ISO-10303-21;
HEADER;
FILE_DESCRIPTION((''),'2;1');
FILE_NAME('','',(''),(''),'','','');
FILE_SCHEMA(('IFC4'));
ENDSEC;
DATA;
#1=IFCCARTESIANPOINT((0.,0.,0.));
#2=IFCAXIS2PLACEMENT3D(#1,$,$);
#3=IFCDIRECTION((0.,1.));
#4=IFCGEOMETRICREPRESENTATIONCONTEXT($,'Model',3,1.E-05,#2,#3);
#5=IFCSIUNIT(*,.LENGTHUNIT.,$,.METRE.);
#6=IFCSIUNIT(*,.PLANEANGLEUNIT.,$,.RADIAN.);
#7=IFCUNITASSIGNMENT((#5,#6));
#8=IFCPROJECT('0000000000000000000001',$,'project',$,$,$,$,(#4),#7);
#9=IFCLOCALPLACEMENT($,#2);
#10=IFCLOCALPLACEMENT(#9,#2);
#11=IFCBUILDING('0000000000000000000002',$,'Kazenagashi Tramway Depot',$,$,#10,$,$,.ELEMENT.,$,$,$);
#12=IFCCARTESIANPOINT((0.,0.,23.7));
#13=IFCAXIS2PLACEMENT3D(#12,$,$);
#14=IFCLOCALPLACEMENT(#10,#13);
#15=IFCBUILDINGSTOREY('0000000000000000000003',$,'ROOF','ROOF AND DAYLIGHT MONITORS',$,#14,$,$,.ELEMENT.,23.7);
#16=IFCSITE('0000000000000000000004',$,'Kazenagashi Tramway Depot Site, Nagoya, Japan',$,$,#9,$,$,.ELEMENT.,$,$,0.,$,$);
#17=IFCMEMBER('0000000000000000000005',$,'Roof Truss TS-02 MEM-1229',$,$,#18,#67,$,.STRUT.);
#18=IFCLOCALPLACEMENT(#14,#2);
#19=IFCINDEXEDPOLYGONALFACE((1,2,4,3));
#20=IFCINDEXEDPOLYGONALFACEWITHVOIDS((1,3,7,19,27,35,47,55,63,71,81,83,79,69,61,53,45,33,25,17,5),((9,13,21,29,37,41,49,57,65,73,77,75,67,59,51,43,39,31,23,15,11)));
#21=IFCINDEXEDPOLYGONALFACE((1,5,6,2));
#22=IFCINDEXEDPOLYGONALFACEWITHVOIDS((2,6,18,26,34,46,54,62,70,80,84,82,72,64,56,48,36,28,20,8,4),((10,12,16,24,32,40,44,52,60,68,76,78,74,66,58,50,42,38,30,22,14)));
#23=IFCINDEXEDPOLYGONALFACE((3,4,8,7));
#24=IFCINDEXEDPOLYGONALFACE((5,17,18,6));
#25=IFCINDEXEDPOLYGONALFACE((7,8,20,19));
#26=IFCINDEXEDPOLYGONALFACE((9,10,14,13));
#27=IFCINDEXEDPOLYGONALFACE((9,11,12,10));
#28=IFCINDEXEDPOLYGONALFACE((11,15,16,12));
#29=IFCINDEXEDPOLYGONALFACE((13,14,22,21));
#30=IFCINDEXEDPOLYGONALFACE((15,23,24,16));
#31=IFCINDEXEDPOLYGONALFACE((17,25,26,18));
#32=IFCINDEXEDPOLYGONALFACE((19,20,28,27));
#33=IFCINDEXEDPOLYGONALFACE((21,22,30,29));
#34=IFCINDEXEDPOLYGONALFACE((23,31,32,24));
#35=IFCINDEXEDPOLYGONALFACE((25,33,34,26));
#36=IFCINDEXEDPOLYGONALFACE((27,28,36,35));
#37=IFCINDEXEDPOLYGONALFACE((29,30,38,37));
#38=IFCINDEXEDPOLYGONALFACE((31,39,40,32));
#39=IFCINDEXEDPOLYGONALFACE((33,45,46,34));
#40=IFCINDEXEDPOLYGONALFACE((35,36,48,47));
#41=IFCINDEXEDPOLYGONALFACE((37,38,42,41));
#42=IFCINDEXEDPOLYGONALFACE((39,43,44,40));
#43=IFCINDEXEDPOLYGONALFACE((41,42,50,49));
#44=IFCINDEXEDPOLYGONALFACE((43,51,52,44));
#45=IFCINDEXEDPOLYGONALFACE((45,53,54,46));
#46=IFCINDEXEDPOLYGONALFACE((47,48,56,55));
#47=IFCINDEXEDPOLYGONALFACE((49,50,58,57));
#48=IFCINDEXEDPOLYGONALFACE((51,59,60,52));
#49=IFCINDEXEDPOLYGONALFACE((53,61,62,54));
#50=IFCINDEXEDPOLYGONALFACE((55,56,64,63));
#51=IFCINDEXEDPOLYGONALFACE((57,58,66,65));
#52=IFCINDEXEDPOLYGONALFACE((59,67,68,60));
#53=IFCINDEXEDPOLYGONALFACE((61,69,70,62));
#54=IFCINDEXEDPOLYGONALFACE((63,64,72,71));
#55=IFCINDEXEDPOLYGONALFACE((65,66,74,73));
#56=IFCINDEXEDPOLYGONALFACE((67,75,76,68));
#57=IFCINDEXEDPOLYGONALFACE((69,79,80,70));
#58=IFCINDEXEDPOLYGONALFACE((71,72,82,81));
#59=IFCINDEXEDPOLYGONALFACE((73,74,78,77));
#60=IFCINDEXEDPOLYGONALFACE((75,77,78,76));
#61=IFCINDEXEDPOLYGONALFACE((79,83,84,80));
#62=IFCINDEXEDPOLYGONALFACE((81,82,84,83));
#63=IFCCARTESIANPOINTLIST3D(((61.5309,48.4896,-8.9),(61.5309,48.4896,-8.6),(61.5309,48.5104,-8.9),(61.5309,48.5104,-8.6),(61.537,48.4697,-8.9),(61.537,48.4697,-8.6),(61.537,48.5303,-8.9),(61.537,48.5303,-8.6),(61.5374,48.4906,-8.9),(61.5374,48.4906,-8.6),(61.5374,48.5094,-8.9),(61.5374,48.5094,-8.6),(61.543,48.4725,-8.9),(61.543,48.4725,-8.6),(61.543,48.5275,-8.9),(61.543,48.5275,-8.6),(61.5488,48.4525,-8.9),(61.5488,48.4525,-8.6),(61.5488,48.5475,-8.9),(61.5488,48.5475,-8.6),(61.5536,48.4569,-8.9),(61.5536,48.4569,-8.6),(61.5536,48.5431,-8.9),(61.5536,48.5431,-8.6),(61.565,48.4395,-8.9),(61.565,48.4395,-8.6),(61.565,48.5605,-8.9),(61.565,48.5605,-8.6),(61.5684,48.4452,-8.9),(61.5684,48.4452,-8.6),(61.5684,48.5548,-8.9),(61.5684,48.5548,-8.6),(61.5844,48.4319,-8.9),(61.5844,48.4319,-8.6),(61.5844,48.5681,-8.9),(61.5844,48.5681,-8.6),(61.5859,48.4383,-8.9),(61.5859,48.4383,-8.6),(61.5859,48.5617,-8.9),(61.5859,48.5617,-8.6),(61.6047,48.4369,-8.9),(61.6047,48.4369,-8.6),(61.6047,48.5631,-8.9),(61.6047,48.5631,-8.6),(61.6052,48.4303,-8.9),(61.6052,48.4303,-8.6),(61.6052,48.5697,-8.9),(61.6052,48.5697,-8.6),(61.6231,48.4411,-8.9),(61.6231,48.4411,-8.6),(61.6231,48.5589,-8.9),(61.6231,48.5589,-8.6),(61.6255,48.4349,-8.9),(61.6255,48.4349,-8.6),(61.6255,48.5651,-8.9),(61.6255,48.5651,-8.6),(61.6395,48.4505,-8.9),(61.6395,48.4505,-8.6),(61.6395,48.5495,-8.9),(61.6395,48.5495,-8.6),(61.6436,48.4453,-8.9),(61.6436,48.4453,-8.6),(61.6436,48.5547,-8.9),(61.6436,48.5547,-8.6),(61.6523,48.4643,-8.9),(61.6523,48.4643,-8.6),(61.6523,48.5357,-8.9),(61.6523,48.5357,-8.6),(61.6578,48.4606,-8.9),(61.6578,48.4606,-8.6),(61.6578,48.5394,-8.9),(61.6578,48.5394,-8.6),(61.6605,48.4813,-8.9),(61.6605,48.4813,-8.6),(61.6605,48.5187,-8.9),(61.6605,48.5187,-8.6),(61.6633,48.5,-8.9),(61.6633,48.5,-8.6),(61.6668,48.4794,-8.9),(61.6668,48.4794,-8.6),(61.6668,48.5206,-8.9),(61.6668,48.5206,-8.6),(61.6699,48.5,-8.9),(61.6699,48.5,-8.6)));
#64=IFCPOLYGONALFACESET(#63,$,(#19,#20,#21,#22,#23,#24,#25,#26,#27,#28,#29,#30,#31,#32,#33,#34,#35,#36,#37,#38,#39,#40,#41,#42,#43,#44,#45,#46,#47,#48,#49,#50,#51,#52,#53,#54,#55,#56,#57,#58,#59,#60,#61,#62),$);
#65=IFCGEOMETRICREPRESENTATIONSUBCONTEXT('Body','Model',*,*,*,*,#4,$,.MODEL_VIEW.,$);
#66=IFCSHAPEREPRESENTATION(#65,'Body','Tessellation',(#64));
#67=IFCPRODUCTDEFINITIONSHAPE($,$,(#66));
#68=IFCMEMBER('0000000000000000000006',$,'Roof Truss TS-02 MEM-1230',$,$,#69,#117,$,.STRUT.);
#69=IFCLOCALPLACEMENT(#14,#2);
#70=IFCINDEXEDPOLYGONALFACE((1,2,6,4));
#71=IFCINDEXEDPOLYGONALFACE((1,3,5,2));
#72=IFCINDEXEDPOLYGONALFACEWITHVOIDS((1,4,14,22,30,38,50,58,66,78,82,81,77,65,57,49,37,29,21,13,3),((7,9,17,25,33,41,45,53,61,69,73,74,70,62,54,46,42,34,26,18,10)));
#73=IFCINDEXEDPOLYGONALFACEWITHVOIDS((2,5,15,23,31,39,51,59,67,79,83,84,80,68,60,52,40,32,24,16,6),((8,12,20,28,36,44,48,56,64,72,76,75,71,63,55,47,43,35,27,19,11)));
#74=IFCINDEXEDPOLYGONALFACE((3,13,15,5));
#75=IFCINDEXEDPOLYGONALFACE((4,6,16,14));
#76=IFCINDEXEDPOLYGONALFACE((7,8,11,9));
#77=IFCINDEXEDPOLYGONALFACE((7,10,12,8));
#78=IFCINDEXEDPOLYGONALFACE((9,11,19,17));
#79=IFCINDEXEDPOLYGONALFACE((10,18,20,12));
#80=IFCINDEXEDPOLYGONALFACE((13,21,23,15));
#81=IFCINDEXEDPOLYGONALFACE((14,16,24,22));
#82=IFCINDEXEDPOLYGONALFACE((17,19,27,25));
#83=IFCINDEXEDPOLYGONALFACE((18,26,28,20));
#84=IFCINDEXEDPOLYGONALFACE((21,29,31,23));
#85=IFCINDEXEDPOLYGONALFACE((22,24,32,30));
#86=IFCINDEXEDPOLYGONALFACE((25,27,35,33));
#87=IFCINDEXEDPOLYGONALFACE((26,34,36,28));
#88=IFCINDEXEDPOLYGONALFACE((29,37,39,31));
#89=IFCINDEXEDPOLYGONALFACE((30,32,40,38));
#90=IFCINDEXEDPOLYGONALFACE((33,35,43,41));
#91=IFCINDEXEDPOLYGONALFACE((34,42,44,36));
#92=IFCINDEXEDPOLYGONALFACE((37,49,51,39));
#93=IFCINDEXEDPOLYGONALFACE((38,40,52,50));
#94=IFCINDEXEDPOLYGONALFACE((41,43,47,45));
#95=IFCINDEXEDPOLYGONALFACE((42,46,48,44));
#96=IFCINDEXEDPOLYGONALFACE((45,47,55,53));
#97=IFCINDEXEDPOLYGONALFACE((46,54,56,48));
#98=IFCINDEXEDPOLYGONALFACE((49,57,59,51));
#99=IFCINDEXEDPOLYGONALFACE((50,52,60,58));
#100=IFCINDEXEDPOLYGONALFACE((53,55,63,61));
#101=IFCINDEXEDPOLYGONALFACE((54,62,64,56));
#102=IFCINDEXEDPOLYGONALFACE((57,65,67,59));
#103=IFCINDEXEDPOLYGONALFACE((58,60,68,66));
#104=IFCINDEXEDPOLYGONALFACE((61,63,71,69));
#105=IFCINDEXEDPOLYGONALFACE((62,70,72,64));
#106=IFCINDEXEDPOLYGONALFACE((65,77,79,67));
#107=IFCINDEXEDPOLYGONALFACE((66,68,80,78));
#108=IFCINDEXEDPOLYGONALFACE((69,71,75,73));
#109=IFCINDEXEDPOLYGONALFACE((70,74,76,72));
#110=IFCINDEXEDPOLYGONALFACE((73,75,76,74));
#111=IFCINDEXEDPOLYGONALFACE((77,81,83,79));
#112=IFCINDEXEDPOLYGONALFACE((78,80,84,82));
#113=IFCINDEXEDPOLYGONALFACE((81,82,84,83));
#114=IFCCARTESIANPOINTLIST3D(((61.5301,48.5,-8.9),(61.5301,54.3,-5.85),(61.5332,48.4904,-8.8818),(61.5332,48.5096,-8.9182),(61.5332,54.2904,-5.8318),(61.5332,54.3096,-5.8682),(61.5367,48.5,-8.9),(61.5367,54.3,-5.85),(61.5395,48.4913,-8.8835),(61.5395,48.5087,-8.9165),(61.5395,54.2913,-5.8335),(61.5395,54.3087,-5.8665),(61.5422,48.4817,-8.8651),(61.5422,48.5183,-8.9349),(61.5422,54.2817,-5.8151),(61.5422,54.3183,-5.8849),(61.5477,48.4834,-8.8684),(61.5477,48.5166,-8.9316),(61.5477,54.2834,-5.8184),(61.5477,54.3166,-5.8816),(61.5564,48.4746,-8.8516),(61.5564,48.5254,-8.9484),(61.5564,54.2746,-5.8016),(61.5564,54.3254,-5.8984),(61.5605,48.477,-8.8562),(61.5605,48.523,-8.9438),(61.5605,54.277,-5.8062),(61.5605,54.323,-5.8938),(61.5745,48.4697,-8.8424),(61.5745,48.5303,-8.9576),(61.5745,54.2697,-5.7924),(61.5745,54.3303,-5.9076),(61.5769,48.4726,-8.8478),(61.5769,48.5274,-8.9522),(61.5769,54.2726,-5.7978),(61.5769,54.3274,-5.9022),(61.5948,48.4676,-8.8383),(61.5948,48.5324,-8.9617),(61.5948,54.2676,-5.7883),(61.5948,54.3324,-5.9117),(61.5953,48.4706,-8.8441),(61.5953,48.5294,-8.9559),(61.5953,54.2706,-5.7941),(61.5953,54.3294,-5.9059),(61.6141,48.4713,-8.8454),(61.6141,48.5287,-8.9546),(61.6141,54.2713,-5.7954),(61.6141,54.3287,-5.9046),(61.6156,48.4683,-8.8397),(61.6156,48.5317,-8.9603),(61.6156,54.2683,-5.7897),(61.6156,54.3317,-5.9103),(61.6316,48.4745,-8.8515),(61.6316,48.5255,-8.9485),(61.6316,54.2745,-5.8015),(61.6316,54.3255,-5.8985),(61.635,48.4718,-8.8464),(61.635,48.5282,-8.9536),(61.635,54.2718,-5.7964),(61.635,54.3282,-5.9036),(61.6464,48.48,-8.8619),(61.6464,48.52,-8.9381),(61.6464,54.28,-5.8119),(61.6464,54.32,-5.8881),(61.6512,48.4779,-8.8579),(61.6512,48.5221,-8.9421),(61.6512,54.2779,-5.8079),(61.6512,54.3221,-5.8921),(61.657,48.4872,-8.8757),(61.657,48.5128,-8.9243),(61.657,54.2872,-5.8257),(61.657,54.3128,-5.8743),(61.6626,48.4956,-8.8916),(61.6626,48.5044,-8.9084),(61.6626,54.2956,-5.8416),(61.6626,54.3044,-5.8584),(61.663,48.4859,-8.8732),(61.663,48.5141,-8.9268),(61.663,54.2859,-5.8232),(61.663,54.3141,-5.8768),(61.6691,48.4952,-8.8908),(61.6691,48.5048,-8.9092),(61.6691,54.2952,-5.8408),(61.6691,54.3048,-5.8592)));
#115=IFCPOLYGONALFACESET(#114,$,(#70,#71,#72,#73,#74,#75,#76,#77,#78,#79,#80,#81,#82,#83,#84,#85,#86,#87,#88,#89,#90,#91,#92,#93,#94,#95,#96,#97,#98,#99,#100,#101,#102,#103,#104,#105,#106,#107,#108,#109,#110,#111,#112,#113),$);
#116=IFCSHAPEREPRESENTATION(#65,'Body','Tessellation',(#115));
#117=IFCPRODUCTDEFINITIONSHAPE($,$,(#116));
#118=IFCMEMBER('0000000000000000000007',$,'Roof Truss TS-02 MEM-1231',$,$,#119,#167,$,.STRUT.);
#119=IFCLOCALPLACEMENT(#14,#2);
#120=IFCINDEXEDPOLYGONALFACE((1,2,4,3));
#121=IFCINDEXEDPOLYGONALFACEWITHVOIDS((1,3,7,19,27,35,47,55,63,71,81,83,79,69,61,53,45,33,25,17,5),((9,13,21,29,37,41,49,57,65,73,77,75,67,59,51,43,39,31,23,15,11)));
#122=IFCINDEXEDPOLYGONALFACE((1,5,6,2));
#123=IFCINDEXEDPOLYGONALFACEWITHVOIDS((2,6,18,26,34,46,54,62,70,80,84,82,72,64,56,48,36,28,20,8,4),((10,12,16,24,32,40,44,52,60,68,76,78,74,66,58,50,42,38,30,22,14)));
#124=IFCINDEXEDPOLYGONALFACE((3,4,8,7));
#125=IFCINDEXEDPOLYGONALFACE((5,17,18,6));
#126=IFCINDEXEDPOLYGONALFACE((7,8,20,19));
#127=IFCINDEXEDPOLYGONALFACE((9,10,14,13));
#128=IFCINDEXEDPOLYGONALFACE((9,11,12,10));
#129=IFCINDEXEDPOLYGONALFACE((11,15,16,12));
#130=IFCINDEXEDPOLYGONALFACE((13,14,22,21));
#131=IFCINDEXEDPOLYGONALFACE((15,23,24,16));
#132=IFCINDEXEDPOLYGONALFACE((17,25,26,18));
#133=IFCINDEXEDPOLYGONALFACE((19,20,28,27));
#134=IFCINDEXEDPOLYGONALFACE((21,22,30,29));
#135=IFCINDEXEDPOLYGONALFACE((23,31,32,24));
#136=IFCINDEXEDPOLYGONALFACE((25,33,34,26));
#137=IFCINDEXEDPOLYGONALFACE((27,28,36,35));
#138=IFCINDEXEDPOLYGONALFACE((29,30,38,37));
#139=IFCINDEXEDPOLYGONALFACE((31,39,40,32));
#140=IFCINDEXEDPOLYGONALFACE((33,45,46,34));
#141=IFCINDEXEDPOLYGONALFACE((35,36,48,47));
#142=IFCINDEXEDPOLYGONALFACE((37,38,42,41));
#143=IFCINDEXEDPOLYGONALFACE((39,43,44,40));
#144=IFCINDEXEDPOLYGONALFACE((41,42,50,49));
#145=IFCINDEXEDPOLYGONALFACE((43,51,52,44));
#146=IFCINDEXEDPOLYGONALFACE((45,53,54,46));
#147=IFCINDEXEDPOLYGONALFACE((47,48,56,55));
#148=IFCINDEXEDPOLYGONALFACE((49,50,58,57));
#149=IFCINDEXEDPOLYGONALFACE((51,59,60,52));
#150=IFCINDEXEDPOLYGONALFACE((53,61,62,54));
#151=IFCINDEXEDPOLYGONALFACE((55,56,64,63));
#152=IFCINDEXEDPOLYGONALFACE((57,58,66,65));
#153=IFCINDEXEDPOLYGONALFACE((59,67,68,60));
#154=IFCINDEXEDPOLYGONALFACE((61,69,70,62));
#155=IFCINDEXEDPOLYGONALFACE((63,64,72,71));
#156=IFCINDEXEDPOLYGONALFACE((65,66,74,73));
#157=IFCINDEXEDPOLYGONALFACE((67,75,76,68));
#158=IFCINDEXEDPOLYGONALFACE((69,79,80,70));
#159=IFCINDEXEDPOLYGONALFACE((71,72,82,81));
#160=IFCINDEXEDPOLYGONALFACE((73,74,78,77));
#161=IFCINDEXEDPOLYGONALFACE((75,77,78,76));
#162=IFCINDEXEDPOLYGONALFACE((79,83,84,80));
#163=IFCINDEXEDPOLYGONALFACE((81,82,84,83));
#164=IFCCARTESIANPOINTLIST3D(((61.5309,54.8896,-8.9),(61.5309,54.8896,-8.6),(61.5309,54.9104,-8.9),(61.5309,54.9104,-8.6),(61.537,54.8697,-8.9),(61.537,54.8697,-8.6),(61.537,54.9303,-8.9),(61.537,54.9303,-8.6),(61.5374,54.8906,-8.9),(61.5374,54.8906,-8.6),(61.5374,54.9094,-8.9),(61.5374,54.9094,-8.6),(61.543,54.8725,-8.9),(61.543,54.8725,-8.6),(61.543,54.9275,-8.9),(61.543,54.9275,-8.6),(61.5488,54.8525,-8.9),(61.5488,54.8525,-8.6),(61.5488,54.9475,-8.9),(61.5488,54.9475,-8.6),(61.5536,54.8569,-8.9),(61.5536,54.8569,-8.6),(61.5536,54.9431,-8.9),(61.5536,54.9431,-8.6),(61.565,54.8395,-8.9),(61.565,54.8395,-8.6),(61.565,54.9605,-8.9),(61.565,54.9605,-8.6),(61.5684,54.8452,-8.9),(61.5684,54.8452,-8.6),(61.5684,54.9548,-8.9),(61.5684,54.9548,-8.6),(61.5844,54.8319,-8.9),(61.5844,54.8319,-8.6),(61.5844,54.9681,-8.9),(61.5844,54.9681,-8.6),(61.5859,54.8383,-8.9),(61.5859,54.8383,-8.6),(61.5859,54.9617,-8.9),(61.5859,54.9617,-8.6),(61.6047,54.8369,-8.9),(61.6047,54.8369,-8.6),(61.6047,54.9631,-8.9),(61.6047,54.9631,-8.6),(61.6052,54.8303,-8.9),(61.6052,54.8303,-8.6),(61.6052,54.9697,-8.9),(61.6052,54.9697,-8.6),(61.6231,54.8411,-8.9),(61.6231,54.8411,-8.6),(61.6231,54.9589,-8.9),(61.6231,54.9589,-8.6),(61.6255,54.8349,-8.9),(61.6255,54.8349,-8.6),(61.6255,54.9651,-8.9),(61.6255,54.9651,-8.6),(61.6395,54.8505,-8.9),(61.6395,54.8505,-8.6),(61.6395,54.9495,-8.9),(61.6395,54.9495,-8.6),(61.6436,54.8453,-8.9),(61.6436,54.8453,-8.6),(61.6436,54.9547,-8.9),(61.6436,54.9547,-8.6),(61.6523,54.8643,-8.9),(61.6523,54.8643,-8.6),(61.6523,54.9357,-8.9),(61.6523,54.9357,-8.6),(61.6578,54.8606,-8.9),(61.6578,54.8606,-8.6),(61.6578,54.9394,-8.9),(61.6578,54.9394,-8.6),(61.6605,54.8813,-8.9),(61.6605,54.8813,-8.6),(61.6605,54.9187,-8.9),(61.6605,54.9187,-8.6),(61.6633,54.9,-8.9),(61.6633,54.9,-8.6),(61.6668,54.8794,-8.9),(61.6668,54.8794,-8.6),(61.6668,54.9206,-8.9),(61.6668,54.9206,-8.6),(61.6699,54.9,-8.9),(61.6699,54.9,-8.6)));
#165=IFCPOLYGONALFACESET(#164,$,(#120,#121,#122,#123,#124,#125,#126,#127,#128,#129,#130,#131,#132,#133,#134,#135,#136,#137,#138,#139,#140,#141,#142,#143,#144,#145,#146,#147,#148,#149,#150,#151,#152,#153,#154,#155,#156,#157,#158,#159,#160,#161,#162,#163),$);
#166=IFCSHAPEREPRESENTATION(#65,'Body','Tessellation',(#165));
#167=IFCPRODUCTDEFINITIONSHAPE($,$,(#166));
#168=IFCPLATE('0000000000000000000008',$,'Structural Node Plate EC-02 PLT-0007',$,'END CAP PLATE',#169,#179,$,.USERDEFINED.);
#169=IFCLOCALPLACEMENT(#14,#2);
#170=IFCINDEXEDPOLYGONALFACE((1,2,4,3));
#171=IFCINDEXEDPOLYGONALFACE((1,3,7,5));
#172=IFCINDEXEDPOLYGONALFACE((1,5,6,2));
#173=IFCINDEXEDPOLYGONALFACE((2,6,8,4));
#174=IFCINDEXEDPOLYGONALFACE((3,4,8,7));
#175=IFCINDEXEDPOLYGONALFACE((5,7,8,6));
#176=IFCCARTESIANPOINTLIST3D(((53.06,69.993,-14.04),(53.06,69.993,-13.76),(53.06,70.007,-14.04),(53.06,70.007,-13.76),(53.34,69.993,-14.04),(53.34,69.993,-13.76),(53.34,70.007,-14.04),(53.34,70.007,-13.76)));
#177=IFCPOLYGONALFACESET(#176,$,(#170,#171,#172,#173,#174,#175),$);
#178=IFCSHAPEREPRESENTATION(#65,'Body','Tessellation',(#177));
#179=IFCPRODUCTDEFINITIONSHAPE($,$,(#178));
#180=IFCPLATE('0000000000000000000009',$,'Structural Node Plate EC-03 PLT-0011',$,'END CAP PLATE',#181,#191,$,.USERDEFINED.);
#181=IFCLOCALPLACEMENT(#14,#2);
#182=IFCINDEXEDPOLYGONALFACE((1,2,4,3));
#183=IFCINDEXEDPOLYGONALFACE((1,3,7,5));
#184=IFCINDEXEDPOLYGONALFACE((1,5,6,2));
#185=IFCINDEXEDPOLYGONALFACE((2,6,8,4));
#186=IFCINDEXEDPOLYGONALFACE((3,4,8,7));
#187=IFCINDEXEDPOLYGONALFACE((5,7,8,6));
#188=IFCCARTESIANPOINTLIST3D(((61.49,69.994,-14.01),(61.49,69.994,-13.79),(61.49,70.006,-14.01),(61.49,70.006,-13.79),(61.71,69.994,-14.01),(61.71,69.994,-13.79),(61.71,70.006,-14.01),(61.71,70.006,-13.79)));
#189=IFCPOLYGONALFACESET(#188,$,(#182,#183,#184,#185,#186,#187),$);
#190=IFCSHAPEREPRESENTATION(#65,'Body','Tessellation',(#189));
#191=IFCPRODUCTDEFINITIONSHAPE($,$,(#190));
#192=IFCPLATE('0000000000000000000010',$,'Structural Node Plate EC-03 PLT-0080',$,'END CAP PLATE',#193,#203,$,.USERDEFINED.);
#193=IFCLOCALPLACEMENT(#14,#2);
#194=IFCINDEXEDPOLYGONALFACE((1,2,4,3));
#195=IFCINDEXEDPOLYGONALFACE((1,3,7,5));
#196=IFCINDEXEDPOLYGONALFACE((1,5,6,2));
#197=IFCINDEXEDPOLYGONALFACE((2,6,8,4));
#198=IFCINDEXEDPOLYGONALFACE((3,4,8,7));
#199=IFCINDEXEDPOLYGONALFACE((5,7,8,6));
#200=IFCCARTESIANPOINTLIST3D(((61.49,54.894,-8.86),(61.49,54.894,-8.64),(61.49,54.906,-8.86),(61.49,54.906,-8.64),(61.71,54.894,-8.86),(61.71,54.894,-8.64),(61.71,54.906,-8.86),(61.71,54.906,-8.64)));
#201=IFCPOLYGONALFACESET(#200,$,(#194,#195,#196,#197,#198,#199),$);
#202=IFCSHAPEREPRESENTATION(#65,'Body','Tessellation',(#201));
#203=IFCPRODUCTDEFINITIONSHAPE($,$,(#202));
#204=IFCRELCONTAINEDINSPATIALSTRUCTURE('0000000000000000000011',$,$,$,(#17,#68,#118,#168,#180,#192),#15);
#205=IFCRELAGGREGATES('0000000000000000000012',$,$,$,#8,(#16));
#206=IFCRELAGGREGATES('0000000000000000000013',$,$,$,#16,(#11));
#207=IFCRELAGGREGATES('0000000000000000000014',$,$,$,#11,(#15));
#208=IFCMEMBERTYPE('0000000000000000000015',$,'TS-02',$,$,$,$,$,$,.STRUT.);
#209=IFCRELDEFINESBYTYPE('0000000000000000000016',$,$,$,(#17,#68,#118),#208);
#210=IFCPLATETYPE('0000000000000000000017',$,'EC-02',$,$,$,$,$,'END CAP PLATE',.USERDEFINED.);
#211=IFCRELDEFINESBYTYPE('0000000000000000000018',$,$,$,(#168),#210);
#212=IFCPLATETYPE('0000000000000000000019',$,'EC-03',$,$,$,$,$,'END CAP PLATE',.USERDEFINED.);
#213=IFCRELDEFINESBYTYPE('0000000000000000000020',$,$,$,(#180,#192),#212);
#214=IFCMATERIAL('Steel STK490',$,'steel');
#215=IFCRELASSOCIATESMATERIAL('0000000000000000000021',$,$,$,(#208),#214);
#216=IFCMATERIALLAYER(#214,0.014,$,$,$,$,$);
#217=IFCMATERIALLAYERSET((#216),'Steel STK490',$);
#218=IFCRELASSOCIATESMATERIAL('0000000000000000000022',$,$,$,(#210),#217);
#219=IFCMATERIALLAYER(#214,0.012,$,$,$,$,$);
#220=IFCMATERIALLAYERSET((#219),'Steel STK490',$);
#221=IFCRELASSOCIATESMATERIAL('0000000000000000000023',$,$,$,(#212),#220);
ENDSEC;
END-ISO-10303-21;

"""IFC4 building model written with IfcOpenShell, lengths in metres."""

from ifc_helpers import new_model, si_unit, direction, frame, origin, origin_2d, place, context, subcontext, project, spatial, rectangle, hollow_circle, extrude, material, layer, layer_set, material_profile, profile_set, type_object, element, save


model = new_model("IFC4")

# Units and contexts
model_context = context("Model", 3, precision=1e-05, world=origin(), true_north=direction((0.0, 1.0)))
body_context = subcontext(model_context, "Body", "Model", "MODEL_VIEW")
ifc_project = project(units=[si_unit("LENGTHUNIT", "METRE"), si_unit("PLANEANGLEUNIT", "RADIAN")], contexts=[model_context])

# Site, building, storey
site_placement = place(None, origin())
site = spatial("IfcSite", under=ifc_project, at=site_placement, Name="Kazenagashi Tramway Depot Site, Nagoya, Japan", CompositionType="ELEMENT", RefElevation=0.0)
building_placement = place(site_placement, origin())
building = spatial("IfcBuilding", under=site, at=building_placement, Name="Kazenagashi Tramway Depot", CompositionType="ELEMENT")
storey_placement = place(building_placement, frame((0.0, 0.0, 23.7)))
storey = spatial("IfcBuildingStorey", under=building, at=storey_placement, Name="ROOF", Description="ROOF AND DAYLIGHT MONITORS", CompositionType="ELEMENT", Elevation=23.7)

# Members
ifc_material_1 = material(Name="Steel STK490", Category="steel")
ifc_material_profile_1 = material_profile(ifc_material_1, hollow_circle(Radius=0.0699, WallThickness=0.0066, at=origin_2d()), Name="CHS-139.8x6.6")
ifc_profile_set_1 = profile_set([ifc_material_profile_1], Name="Steel STK490")
member_type_1 = type_object("IfcMemberType", Name="TS-02", PredefinedType="STRUT", material=ifc_profile_set_1)
for number, where, z_axis, x_axis, name in (
    (1, (61.6, 48.5, -8.9), (0.0, 0.0, 1.0), (1.0, 0.0, 0.0), "Roof Truss TS-02 MEM-1229"),
):
    element("IfcMember", number, at=place(storey_placement, frame(where, z_axis=z_axis, x_axis=x_axis)), inside=storey, type_object=member_type_1, Name=name, PredefinedType="STRUT", context=body_context, shape_type="SweptSolid", body=[
        extrude(hollow_circle(Radius=0.0699, WallThickness=0.0066, at=origin_2d()), origin(), (0.0, 0.0, 1.0), 0.3),
    ])
member_1_placement = place(storey_placement, frame((61.6, 48.5, -8.9), z_axis=(0.0, 0.885084, 0.465432), x_axis=(-1.0, 0.0, 0.0)))
element("IfcMember", 2, at=member_1_placement, inside=storey, type_object=member_type_1, Name="Roof Truss TS-02 MEM-1230", PredefinedType="STRUT", context=body_context, shape_type="SweptSolid", body=[
    extrude(hollow_circle(Radius=0.0699, WallThickness=0.0066, at=origin_2d()), origin(), (0.0, 0.0, 1.0), 6.5531),
])
member_2_placement = place(storey_placement, frame((61.6, 54.9, -8.9), z_axis=(0.0, 0.0, 1.0), x_axis=(1.0, 0.0, 0.0)))
element("IfcMember", 3, at=member_2_placement, inside=storey, type_object=member_type_1, Name="Roof Truss TS-02 MEM-1231", PredefinedType="STRUT", context=body_context, shape_type="SweptSolid", body=[
    extrude(hollow_circle(Radius=0.0699, WallThickness=0.0066, at=origin_2d()), origin(), (0.0, 0.0, 1.0), 0.3),
])

# Plates
ifc_layer_1 = layer(ifc_material_1, 0.014)
ifc_layer_set_1 = layer_set([ifc_layer_1], Name="Steel STK490")
plate_type_1 = type_object("IfcPlateType", Name="EC-02", ElementType="END CAP PLATE", PredefinedType="USERDEFINED", material=ifc_layer_set_1)
plate_1_placement = place(storey_placement, frame((53.2, 70.0, -14.04), z_axis=(0.0, 0.0, 1.0), x_axis=(1.0, 0.0, 0.0)))
element("IfcPlate", 4, at=plate_1_placement, inside=storey, type_object=plate_type_1, Name="Structural Node Plate EC-02 PLT-0007", ObjectType="END CAP PLATE", PredefinedType="USERDEFINED", context=body_context, shape_type="SweptSolid", body=[
    extrude(rectangle(XDim=0.28, YDim=0.014, at=origin_2d()), origin(), (0.0, 0.0, 1.0), 0.28),
])
ifc_layer_2 = layer(ifc_material_1, 0.012)
ifc_layer_set_2 = layer_set([ifc_layer_2], Name="Steel STK490")
plate_type_2 = type_object("IfcPlateType", Name="EC-03", ElementType="END CAP PLATE", PredefinedType="USERDEFINED", material=ifc_layer_set_2)
for number, where, z_axis, x_axis, name in (
    (5, (61.6, 70.0, -14.01), (0.0, 0.0, 1.0), (1.0, 0.0, 0.0), "Structural Node Plate EC-03 PLT-0011"),
    (6, (61.6, 54.9, -8.86), (0.0, 0.0, 1.0), (1.0, 0.0, 0.0), "Structural Node Plate EC-03 PLT-0080"),
):
    element("IfcPlate", number, at=place(storey_placement, frame(where, z_axis=z_axis, x_axis=x_axis)), inside=storey, type_object=plate_type_2, Name=name, ObjectType="END CAP PLATE", PredefinedType="USERDEFINED", context=body_context, shape_type="SweptSolid", body=[
        extrude(rectangle(XDim=0.22, YDim=0.012, at=origin_2d()), origin(), (0.0, 0.0, 1.0), 0.22),
    ])

save(model, "model.ifc")
